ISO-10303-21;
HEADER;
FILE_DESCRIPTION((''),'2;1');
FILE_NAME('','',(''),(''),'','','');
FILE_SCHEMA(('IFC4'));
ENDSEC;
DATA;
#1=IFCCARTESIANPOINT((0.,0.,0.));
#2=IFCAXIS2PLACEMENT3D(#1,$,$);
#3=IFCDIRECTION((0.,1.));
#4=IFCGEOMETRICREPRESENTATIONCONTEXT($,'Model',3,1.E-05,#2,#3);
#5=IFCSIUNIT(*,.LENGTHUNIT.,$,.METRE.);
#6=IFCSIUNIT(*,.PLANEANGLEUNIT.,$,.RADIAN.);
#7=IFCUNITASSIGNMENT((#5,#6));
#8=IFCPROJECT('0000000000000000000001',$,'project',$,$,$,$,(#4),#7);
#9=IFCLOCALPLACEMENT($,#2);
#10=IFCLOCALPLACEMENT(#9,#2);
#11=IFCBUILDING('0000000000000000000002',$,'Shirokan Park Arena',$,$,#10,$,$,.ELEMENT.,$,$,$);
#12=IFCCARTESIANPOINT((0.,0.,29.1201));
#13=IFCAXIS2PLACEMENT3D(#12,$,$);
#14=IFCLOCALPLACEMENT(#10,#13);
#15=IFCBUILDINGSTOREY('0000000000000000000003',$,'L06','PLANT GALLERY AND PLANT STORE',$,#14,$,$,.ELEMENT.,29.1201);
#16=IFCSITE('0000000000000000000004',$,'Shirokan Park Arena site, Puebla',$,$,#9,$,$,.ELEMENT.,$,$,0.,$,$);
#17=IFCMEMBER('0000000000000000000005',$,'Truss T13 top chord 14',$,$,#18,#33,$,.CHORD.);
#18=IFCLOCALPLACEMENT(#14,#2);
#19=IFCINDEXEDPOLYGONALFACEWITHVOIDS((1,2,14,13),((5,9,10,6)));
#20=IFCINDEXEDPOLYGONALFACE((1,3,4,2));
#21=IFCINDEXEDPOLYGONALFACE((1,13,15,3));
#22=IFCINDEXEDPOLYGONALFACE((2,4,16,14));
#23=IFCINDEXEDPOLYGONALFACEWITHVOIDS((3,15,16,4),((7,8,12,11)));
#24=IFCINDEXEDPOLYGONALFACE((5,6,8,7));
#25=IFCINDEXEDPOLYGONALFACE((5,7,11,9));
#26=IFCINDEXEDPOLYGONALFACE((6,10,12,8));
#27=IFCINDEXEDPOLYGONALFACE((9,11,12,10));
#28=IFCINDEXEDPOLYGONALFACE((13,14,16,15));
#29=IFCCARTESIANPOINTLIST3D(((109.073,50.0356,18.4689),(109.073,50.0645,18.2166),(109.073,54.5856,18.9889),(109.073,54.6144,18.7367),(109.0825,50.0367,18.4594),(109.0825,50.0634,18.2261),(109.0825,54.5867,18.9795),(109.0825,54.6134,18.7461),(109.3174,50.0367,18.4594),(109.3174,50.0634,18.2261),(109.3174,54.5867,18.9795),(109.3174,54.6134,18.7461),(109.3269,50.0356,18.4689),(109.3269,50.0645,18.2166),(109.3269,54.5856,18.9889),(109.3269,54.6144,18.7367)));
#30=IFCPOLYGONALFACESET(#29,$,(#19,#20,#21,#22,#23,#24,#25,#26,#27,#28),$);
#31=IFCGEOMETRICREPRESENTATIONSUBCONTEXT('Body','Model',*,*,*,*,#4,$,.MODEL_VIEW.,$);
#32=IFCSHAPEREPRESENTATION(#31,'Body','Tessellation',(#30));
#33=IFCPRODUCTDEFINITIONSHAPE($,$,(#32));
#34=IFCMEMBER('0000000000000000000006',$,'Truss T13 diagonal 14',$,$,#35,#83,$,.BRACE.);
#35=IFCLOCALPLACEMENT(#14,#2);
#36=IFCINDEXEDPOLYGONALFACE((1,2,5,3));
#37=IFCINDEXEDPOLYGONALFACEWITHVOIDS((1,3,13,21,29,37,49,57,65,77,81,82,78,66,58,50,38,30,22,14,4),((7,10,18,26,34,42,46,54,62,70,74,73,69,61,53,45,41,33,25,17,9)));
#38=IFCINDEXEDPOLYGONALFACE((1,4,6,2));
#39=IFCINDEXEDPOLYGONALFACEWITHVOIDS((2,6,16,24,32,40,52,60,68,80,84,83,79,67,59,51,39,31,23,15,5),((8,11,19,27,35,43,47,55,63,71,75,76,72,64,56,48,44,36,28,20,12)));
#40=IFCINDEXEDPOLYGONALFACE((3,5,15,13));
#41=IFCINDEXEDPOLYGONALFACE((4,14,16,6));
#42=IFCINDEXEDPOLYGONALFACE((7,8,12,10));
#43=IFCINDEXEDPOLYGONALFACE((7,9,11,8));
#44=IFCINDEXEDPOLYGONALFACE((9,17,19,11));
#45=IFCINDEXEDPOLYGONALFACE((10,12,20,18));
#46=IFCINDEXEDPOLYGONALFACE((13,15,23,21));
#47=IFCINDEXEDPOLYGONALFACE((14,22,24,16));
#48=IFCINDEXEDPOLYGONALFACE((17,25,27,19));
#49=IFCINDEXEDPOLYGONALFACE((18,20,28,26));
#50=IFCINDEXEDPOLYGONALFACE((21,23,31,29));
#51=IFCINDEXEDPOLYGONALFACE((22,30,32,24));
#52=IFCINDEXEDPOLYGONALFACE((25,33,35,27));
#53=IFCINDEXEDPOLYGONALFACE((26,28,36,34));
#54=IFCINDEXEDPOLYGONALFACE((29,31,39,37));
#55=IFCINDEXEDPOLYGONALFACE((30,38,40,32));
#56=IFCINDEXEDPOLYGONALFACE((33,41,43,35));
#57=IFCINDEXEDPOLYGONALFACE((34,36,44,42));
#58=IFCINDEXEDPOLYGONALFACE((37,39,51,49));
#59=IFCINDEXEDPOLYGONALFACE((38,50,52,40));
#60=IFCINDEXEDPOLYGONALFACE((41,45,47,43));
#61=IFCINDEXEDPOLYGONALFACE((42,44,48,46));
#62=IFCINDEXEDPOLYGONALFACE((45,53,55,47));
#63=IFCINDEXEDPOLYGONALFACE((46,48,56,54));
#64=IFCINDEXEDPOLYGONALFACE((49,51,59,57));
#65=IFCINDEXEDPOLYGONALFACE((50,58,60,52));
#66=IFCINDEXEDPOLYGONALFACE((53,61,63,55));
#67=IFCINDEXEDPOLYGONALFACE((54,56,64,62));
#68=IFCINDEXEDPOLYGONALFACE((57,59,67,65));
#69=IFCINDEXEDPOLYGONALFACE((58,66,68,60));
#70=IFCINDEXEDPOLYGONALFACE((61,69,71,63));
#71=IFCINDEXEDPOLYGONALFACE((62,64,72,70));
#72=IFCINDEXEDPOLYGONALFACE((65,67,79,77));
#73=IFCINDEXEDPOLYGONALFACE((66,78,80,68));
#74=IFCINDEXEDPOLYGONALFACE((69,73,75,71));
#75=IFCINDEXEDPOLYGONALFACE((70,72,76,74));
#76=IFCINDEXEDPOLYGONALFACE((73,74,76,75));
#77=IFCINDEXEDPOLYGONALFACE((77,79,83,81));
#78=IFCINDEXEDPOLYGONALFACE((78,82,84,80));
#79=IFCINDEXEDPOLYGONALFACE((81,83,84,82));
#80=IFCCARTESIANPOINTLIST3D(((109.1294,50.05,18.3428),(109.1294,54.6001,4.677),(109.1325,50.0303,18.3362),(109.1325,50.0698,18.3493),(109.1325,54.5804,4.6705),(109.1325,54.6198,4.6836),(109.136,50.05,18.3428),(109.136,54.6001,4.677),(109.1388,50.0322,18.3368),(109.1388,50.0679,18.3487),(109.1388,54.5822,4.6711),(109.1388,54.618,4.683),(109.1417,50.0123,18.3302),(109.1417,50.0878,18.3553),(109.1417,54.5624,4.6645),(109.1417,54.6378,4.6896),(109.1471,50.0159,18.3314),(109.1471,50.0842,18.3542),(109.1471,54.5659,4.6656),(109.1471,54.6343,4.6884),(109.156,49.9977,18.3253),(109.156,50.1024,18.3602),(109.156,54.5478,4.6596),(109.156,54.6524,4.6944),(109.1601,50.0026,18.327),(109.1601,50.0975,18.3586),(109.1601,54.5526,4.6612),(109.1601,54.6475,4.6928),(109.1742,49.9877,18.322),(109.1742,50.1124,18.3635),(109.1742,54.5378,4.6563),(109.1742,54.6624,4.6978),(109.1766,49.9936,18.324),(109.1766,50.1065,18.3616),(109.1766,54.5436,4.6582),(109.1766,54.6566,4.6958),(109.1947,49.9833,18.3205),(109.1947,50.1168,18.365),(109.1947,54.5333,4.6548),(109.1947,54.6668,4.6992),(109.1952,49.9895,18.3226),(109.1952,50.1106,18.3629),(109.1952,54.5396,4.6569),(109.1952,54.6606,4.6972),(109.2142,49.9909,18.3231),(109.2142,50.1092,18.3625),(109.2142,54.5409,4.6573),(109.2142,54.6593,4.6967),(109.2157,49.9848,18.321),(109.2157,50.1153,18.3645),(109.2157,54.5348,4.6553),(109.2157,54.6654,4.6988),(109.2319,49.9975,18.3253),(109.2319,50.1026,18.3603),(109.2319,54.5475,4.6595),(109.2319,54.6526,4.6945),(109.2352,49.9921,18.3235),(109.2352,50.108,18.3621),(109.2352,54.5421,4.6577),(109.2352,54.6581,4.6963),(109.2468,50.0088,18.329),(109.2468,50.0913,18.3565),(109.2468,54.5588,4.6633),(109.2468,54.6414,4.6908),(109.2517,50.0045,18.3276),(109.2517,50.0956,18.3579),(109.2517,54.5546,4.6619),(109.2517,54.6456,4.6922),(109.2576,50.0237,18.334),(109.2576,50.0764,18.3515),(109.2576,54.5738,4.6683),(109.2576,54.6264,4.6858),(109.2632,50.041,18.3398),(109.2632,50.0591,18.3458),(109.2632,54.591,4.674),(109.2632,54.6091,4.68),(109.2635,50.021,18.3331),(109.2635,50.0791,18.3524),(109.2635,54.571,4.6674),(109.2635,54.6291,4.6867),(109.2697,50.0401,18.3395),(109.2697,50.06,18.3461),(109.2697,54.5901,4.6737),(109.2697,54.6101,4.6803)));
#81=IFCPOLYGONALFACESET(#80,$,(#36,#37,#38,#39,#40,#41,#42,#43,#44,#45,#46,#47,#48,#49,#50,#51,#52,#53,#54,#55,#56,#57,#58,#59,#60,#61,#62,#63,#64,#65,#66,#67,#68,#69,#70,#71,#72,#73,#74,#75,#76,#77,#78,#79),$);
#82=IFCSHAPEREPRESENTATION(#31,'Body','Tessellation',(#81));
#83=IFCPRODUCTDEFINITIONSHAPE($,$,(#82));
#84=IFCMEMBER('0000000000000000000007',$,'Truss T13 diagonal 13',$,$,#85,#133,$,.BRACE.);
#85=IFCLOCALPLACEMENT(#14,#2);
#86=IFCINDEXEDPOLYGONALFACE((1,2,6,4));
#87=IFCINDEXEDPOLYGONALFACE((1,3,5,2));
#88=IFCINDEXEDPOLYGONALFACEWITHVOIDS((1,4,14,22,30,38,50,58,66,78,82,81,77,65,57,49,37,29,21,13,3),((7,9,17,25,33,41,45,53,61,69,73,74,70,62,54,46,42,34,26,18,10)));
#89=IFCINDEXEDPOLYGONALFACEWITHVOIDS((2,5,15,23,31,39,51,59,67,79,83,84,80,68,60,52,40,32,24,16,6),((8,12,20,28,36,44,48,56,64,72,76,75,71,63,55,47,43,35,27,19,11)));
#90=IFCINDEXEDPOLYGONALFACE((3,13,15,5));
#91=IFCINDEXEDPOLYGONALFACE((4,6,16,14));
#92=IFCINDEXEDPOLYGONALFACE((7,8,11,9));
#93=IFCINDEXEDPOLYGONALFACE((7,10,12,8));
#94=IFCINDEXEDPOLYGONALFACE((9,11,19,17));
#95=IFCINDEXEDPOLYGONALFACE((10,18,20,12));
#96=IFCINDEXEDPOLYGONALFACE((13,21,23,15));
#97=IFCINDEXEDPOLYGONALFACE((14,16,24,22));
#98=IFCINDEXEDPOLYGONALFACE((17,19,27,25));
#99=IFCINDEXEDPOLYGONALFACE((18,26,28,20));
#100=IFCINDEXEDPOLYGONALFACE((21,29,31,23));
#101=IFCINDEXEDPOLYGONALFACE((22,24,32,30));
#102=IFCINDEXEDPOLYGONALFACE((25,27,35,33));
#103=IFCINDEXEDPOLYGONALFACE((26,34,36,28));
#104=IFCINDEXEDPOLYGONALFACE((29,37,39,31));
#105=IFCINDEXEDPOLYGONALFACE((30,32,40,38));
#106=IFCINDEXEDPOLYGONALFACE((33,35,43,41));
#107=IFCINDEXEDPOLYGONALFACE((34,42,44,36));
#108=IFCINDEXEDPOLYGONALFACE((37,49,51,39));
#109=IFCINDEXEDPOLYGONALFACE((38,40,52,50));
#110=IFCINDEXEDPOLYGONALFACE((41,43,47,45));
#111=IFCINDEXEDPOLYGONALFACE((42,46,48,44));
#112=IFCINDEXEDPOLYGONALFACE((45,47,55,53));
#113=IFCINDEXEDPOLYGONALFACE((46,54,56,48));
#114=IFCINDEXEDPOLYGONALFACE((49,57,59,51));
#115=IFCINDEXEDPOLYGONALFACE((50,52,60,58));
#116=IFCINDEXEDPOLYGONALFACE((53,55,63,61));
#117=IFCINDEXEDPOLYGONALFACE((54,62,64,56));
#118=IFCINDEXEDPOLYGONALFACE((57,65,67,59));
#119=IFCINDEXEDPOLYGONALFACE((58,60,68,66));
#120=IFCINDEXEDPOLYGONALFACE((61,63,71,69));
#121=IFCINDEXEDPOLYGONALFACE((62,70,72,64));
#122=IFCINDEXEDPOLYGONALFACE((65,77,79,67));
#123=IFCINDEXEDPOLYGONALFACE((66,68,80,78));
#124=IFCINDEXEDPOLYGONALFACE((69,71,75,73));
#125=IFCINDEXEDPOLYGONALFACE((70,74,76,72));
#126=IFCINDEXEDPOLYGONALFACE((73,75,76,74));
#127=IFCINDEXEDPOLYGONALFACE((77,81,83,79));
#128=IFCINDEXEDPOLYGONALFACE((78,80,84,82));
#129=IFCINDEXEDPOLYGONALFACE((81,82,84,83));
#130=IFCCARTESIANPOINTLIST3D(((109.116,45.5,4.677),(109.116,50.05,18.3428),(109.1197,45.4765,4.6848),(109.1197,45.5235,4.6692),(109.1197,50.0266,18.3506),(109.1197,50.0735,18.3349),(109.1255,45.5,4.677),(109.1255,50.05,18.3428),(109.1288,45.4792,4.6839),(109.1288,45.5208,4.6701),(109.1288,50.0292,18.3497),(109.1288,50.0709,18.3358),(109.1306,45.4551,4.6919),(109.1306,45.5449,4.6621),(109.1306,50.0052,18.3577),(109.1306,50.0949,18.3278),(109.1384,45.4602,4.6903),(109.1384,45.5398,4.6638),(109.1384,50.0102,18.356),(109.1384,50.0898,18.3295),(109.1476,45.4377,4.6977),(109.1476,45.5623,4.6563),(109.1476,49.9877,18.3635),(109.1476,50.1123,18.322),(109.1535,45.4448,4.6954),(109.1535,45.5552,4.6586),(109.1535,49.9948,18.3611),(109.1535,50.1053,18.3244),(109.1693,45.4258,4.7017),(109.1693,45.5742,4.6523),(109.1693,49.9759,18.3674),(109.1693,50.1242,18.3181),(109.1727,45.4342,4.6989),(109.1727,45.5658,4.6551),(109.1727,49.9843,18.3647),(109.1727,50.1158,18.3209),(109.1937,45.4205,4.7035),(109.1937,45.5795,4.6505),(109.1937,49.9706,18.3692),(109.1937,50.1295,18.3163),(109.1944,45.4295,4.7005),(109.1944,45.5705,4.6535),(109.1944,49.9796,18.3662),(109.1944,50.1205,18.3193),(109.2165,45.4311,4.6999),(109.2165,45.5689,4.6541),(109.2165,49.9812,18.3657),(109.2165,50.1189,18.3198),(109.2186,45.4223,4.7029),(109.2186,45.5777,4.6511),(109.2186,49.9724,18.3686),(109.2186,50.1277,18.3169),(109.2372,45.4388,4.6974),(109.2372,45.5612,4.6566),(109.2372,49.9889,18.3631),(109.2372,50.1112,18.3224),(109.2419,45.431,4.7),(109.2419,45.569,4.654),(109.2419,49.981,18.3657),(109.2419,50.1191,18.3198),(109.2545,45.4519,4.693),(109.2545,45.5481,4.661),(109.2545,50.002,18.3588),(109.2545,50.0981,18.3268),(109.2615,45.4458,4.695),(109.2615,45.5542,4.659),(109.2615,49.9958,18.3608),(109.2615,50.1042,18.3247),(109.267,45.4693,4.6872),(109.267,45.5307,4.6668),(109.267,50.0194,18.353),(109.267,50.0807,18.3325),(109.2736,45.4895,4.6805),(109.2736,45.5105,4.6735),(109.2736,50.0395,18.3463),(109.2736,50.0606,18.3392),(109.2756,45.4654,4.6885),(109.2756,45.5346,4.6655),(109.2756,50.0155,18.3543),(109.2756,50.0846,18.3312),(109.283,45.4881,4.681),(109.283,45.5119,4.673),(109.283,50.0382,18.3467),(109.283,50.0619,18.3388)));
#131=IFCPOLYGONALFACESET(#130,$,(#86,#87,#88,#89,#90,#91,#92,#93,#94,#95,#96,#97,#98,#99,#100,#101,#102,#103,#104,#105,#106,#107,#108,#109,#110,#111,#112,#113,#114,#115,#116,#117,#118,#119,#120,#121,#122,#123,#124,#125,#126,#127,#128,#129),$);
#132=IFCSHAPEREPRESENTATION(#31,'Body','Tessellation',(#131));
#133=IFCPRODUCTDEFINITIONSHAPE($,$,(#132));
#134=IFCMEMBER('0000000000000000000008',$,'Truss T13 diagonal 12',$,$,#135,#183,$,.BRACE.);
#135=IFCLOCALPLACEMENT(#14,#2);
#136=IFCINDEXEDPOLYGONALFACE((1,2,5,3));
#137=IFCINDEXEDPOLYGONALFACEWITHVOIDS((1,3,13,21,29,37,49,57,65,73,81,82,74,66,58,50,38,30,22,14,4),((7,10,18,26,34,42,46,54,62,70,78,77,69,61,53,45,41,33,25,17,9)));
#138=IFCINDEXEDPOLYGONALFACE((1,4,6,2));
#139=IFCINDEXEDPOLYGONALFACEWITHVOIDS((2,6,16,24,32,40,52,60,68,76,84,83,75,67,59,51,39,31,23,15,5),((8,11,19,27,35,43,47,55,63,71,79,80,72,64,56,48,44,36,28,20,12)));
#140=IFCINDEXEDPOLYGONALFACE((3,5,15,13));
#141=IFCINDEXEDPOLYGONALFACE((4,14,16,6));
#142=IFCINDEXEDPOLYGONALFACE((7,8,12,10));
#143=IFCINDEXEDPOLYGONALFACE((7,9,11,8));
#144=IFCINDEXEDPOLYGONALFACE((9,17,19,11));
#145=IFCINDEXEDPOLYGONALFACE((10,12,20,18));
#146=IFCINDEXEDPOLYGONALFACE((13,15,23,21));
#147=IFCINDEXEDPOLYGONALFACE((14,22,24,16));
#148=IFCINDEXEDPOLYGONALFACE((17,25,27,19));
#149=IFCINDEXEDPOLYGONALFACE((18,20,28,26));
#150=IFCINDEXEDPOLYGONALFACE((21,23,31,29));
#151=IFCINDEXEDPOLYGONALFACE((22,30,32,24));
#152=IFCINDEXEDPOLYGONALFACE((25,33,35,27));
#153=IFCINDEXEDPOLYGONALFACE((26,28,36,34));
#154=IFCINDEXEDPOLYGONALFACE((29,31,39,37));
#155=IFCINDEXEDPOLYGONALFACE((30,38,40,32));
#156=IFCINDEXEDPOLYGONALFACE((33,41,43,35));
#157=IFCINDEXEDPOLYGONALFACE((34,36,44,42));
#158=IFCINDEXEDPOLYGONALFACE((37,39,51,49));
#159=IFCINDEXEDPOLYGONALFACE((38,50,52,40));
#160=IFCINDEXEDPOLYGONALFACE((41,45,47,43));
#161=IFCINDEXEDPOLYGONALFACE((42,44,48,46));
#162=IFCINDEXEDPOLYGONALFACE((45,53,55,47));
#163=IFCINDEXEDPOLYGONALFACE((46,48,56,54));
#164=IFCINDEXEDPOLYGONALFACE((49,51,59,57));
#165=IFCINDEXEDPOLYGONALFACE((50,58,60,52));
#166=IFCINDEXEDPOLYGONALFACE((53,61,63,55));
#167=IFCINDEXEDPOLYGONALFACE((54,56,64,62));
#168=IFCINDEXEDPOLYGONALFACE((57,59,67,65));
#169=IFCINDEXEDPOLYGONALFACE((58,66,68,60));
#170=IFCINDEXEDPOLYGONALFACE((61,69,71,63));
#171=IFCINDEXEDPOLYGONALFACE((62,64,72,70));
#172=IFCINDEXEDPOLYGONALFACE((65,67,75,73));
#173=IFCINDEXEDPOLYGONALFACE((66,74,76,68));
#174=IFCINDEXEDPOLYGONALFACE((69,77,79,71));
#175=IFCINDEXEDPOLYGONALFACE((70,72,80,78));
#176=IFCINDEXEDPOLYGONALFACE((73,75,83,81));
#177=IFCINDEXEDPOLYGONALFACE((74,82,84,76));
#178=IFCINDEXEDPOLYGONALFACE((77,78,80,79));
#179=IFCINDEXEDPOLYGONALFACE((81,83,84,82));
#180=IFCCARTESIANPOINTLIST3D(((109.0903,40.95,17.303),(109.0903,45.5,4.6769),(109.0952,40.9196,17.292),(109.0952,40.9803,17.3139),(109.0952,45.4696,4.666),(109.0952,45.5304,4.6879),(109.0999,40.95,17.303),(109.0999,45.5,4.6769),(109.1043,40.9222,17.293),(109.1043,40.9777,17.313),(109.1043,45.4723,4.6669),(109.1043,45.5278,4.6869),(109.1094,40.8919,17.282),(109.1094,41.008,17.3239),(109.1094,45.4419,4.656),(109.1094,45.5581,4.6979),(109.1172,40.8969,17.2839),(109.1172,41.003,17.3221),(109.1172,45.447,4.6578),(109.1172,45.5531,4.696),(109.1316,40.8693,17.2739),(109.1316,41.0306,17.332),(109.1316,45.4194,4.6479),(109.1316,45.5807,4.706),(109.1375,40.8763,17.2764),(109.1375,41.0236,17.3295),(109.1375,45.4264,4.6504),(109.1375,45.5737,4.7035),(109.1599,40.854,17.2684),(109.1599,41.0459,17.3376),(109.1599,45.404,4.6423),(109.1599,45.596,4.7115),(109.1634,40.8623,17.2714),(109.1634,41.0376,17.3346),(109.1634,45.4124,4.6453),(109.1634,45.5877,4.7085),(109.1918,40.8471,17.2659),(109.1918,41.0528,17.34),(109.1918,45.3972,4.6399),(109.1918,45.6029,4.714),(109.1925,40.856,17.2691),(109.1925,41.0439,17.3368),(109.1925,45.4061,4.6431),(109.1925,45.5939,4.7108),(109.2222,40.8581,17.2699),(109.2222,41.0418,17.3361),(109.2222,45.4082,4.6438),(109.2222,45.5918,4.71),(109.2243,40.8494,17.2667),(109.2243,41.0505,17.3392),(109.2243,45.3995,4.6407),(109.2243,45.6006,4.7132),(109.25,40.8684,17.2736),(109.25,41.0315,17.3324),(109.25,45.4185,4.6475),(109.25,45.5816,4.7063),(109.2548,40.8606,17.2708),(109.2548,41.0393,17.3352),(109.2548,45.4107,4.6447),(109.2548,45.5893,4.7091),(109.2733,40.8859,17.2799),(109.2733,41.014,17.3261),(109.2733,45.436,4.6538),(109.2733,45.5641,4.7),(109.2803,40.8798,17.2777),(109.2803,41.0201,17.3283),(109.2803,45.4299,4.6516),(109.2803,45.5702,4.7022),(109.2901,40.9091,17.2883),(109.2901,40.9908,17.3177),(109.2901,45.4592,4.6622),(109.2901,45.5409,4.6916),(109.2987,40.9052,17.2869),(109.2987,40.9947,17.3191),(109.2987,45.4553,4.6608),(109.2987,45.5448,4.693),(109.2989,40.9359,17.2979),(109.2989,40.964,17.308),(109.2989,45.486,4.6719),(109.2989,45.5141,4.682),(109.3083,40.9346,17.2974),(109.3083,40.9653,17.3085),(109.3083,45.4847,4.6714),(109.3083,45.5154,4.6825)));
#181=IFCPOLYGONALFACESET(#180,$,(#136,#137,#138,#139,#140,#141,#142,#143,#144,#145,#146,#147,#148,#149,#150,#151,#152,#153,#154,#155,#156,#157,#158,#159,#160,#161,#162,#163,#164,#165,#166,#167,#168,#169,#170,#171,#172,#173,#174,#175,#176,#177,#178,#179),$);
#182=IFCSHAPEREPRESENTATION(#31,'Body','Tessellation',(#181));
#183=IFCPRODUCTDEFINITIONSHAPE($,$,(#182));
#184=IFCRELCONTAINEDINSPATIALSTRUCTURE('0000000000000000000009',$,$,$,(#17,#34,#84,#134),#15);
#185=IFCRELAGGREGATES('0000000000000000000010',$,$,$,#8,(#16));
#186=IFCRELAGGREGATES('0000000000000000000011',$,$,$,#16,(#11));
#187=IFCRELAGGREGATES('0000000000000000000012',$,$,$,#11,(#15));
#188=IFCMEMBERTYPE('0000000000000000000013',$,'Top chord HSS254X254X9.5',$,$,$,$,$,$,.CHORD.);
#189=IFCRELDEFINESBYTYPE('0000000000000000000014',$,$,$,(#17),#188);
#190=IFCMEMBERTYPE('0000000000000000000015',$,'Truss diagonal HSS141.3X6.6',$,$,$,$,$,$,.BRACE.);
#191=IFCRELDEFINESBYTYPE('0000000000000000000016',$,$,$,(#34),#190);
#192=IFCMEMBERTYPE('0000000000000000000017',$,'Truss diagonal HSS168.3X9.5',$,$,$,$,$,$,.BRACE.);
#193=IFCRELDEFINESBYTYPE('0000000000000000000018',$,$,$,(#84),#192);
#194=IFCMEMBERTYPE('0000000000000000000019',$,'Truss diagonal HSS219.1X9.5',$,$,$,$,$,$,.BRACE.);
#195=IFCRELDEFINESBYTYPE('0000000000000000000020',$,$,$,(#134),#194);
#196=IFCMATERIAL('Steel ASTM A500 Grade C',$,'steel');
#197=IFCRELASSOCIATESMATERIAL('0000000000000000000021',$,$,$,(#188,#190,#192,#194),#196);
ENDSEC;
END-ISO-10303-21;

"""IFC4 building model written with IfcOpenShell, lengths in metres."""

from ifc_helpers import new_model, si_unit, direction, frame, origin, origin_2d, place, context, subcontext, project, spatial, hollow_rectangle, hollow_circle, extrude, material, material_profile, profile_set, type_object, element, save


model = new_model("IFC4")

# Units and contexts
model_context = context("Model", 3, precision=1e-05, world=origin(), true_north=direction((0.0, 1.0)))
body_context = subcontext(model_context, "Body", "Model", "MODEL_VIEW")
ifc_project = project(units=[si_unit("LENGTHUNIT", "METRE"), si_unit("PLANEANGLEUNIT", "RADIAN")], contexts=[model_context])

# Site, building, storey
site_placement = place(None, origin())
site = spatial("IfcSite", under=ifc_project, at=site_placement, Name="Shirokan Park Arena site, Puebla", CompositionType="ELEMENT", RefElevation=0.0)
building_placement = place(site_placement, origin())
building = spatial("IfcBuilding", under=site, at=building_placement, Name="Shirokan Park Arena", CompositionType="ELEMENT")
storey_placement = place(building_placement, frame((0.0, 0.0, 29.1201)))
storey = spatial("IfcBuildingStorey", under=building, at=storey_placement, Name="L06", Description="PLANT GALLERY AND PLANT STORE", CompositionType="ELEMENT", Elevation=29.1201)

# Members
ifc_material_1 = material(Name="Steel ASTM A500 Grade C", Category="steel")
ifc_material_profile_1 = material_profile(ifc_material_1, hollow_rectangle(XDim=0.2539, YDim=0.2539, WallThickness=0.0095, at=origin_2d()), Name="HSS254X254X9.5")
ifc_profile_set_1 = profile_set([ifc_material_profile_1], Name="Steel ASTM A500 Grade C")
member_type_1 = type_object("IfcMemberType", Name="Top chord HSS254X254X9.5", PredefinedType="CHORD", material=ifc_profile_set_1)
for number, where, z_axis, x_axis, name in (
    (1, (109.2, 50.05, 18.3428), (0.0, 0.993532, 0.11355), (-1.0, 0.0, 0.0), "Truss T13 top chord 14"),
):
    element("IfcMember", number, at=place(storey_placement, frame(where, z_axis=z_axis, x_axis=x_axis)), inside=storey, type_object=member_type_1, Name=name, PredefinedType="CHORD", context=body_context, shape_type="SweptSolid", body=[
        extrude(hollow_rectangle(XDim=0.2539, YDim=0.2539, WallThickness=0.0095, at=origin_2d()), origin(), (0.0, 0.0, 1.0), 4.5796),
    ])
ifc_material_profile_2 = material_profile(ifc_material_1, hollow_circle(Radius=0.0706, WallThickness=0.0066, at=origin_2d()), Name="HSS141.3X6.6")
ifc_profile_set_2 = profile_set([ifc_material_profile_2], Name="Steel ASTM A500 Grade C")
member_type_2 = type_object("IfcMemberType", Name="Truss diagonal HSS141.3X6.6", PredefinedType="BRACE", material=ifc_profile_set_2)
member_1_placement = place(storey_placement, frame((109.2, 50.05, 18.3428), z_axis=(0.0, 0.315902, -0.948792), x_axis=(-1.0, 0.0, 0.0)))
element("IfcMember", 2, at=member_1_placement, inside=storey, type_object=member_type_2, Name="Truss T13 diagonal 14", PredefinedType="BRACE", context=body_context, shape_type="SweptSolid", body=[
    extrude(hollow_circle(Radius=0.0706, WallThickness=0.0066, at=origin_2d()), origin(), (0.0, 0.0, 1.0), 14.4033),
])
ifc_material_profile_3 = material_profile(ifc_material_1, hollow_circle(Radius=0.084, WallThickness=0.0095, at=origin_2d()), Name="HSS168.3X9.5")
ifc_profile_set_3 = profile_set([ifc_material_profile_3], Name="Steel ASTM A500 Grade C")
member_type_3 = type_object("IfcMemberType", Name="Truss diagonal HSS168.3X9.5", PredefinedType="BRACE", material=ifc_profile_set_3)
member_2_placement = place(storey_placement, frame((109.2, 45.5, 4.677), z_axis=(0.0, 0.315902, 0.948792), x_axis=(-1.0, 0.0, 0.0)))
element("IfcMember", 3, at=member_2_placement, inside=storey, type_object=member_type_3, Name="Truss T13 diagonal 13", PredefinedType="BRACE", context=body_context, shape_type="SweptSolid", body=[
    extrude(hollow_circle(Radius=0.084, WallThickness=0.0095, at=origin_2d()), origin(), (0.0, 0.0, 1.0), 14.4033),
])
ifc_material_profile_4 = material_profile(ifc_material_1, hollow_circle(Radius=0.1096, WallThickness=0.0095, at=origin_2d()), Name="HSS219.1X9.5")
ifc_profile_set_4 = profile_set([ifc_material_profile_4], Name="Steel ASTM A500 Grade C")
member_type_4 = type_object("IfcMemberType", Name="Truss diagonal HSS219.1X9.5", PredefinedType="BRACE", material=ifc_profile_set_4)
member_3_placement = place(storey_placement, frame((109.2, 40.95, 17.303), z_axis=(0.0, 0.339029, -0.940776), x_axis=(-1.0, 0.0, 0.0)))
element("IfcMember", 4, at=member_3_placement, inside=storey, type_object=member_type_4, Name="Truss T13 diagonal 12", PredefinedType="BRACE", context=body_context, shape_type="SweptSolid", body=[
    extrude(hollow_circle(Radius=0.1096, WallThickness=0.0095, at=origin_2d()), origin(), (0.0, 0.0, 1.0), 13.4209),
])

save(model, "model.ifc")
